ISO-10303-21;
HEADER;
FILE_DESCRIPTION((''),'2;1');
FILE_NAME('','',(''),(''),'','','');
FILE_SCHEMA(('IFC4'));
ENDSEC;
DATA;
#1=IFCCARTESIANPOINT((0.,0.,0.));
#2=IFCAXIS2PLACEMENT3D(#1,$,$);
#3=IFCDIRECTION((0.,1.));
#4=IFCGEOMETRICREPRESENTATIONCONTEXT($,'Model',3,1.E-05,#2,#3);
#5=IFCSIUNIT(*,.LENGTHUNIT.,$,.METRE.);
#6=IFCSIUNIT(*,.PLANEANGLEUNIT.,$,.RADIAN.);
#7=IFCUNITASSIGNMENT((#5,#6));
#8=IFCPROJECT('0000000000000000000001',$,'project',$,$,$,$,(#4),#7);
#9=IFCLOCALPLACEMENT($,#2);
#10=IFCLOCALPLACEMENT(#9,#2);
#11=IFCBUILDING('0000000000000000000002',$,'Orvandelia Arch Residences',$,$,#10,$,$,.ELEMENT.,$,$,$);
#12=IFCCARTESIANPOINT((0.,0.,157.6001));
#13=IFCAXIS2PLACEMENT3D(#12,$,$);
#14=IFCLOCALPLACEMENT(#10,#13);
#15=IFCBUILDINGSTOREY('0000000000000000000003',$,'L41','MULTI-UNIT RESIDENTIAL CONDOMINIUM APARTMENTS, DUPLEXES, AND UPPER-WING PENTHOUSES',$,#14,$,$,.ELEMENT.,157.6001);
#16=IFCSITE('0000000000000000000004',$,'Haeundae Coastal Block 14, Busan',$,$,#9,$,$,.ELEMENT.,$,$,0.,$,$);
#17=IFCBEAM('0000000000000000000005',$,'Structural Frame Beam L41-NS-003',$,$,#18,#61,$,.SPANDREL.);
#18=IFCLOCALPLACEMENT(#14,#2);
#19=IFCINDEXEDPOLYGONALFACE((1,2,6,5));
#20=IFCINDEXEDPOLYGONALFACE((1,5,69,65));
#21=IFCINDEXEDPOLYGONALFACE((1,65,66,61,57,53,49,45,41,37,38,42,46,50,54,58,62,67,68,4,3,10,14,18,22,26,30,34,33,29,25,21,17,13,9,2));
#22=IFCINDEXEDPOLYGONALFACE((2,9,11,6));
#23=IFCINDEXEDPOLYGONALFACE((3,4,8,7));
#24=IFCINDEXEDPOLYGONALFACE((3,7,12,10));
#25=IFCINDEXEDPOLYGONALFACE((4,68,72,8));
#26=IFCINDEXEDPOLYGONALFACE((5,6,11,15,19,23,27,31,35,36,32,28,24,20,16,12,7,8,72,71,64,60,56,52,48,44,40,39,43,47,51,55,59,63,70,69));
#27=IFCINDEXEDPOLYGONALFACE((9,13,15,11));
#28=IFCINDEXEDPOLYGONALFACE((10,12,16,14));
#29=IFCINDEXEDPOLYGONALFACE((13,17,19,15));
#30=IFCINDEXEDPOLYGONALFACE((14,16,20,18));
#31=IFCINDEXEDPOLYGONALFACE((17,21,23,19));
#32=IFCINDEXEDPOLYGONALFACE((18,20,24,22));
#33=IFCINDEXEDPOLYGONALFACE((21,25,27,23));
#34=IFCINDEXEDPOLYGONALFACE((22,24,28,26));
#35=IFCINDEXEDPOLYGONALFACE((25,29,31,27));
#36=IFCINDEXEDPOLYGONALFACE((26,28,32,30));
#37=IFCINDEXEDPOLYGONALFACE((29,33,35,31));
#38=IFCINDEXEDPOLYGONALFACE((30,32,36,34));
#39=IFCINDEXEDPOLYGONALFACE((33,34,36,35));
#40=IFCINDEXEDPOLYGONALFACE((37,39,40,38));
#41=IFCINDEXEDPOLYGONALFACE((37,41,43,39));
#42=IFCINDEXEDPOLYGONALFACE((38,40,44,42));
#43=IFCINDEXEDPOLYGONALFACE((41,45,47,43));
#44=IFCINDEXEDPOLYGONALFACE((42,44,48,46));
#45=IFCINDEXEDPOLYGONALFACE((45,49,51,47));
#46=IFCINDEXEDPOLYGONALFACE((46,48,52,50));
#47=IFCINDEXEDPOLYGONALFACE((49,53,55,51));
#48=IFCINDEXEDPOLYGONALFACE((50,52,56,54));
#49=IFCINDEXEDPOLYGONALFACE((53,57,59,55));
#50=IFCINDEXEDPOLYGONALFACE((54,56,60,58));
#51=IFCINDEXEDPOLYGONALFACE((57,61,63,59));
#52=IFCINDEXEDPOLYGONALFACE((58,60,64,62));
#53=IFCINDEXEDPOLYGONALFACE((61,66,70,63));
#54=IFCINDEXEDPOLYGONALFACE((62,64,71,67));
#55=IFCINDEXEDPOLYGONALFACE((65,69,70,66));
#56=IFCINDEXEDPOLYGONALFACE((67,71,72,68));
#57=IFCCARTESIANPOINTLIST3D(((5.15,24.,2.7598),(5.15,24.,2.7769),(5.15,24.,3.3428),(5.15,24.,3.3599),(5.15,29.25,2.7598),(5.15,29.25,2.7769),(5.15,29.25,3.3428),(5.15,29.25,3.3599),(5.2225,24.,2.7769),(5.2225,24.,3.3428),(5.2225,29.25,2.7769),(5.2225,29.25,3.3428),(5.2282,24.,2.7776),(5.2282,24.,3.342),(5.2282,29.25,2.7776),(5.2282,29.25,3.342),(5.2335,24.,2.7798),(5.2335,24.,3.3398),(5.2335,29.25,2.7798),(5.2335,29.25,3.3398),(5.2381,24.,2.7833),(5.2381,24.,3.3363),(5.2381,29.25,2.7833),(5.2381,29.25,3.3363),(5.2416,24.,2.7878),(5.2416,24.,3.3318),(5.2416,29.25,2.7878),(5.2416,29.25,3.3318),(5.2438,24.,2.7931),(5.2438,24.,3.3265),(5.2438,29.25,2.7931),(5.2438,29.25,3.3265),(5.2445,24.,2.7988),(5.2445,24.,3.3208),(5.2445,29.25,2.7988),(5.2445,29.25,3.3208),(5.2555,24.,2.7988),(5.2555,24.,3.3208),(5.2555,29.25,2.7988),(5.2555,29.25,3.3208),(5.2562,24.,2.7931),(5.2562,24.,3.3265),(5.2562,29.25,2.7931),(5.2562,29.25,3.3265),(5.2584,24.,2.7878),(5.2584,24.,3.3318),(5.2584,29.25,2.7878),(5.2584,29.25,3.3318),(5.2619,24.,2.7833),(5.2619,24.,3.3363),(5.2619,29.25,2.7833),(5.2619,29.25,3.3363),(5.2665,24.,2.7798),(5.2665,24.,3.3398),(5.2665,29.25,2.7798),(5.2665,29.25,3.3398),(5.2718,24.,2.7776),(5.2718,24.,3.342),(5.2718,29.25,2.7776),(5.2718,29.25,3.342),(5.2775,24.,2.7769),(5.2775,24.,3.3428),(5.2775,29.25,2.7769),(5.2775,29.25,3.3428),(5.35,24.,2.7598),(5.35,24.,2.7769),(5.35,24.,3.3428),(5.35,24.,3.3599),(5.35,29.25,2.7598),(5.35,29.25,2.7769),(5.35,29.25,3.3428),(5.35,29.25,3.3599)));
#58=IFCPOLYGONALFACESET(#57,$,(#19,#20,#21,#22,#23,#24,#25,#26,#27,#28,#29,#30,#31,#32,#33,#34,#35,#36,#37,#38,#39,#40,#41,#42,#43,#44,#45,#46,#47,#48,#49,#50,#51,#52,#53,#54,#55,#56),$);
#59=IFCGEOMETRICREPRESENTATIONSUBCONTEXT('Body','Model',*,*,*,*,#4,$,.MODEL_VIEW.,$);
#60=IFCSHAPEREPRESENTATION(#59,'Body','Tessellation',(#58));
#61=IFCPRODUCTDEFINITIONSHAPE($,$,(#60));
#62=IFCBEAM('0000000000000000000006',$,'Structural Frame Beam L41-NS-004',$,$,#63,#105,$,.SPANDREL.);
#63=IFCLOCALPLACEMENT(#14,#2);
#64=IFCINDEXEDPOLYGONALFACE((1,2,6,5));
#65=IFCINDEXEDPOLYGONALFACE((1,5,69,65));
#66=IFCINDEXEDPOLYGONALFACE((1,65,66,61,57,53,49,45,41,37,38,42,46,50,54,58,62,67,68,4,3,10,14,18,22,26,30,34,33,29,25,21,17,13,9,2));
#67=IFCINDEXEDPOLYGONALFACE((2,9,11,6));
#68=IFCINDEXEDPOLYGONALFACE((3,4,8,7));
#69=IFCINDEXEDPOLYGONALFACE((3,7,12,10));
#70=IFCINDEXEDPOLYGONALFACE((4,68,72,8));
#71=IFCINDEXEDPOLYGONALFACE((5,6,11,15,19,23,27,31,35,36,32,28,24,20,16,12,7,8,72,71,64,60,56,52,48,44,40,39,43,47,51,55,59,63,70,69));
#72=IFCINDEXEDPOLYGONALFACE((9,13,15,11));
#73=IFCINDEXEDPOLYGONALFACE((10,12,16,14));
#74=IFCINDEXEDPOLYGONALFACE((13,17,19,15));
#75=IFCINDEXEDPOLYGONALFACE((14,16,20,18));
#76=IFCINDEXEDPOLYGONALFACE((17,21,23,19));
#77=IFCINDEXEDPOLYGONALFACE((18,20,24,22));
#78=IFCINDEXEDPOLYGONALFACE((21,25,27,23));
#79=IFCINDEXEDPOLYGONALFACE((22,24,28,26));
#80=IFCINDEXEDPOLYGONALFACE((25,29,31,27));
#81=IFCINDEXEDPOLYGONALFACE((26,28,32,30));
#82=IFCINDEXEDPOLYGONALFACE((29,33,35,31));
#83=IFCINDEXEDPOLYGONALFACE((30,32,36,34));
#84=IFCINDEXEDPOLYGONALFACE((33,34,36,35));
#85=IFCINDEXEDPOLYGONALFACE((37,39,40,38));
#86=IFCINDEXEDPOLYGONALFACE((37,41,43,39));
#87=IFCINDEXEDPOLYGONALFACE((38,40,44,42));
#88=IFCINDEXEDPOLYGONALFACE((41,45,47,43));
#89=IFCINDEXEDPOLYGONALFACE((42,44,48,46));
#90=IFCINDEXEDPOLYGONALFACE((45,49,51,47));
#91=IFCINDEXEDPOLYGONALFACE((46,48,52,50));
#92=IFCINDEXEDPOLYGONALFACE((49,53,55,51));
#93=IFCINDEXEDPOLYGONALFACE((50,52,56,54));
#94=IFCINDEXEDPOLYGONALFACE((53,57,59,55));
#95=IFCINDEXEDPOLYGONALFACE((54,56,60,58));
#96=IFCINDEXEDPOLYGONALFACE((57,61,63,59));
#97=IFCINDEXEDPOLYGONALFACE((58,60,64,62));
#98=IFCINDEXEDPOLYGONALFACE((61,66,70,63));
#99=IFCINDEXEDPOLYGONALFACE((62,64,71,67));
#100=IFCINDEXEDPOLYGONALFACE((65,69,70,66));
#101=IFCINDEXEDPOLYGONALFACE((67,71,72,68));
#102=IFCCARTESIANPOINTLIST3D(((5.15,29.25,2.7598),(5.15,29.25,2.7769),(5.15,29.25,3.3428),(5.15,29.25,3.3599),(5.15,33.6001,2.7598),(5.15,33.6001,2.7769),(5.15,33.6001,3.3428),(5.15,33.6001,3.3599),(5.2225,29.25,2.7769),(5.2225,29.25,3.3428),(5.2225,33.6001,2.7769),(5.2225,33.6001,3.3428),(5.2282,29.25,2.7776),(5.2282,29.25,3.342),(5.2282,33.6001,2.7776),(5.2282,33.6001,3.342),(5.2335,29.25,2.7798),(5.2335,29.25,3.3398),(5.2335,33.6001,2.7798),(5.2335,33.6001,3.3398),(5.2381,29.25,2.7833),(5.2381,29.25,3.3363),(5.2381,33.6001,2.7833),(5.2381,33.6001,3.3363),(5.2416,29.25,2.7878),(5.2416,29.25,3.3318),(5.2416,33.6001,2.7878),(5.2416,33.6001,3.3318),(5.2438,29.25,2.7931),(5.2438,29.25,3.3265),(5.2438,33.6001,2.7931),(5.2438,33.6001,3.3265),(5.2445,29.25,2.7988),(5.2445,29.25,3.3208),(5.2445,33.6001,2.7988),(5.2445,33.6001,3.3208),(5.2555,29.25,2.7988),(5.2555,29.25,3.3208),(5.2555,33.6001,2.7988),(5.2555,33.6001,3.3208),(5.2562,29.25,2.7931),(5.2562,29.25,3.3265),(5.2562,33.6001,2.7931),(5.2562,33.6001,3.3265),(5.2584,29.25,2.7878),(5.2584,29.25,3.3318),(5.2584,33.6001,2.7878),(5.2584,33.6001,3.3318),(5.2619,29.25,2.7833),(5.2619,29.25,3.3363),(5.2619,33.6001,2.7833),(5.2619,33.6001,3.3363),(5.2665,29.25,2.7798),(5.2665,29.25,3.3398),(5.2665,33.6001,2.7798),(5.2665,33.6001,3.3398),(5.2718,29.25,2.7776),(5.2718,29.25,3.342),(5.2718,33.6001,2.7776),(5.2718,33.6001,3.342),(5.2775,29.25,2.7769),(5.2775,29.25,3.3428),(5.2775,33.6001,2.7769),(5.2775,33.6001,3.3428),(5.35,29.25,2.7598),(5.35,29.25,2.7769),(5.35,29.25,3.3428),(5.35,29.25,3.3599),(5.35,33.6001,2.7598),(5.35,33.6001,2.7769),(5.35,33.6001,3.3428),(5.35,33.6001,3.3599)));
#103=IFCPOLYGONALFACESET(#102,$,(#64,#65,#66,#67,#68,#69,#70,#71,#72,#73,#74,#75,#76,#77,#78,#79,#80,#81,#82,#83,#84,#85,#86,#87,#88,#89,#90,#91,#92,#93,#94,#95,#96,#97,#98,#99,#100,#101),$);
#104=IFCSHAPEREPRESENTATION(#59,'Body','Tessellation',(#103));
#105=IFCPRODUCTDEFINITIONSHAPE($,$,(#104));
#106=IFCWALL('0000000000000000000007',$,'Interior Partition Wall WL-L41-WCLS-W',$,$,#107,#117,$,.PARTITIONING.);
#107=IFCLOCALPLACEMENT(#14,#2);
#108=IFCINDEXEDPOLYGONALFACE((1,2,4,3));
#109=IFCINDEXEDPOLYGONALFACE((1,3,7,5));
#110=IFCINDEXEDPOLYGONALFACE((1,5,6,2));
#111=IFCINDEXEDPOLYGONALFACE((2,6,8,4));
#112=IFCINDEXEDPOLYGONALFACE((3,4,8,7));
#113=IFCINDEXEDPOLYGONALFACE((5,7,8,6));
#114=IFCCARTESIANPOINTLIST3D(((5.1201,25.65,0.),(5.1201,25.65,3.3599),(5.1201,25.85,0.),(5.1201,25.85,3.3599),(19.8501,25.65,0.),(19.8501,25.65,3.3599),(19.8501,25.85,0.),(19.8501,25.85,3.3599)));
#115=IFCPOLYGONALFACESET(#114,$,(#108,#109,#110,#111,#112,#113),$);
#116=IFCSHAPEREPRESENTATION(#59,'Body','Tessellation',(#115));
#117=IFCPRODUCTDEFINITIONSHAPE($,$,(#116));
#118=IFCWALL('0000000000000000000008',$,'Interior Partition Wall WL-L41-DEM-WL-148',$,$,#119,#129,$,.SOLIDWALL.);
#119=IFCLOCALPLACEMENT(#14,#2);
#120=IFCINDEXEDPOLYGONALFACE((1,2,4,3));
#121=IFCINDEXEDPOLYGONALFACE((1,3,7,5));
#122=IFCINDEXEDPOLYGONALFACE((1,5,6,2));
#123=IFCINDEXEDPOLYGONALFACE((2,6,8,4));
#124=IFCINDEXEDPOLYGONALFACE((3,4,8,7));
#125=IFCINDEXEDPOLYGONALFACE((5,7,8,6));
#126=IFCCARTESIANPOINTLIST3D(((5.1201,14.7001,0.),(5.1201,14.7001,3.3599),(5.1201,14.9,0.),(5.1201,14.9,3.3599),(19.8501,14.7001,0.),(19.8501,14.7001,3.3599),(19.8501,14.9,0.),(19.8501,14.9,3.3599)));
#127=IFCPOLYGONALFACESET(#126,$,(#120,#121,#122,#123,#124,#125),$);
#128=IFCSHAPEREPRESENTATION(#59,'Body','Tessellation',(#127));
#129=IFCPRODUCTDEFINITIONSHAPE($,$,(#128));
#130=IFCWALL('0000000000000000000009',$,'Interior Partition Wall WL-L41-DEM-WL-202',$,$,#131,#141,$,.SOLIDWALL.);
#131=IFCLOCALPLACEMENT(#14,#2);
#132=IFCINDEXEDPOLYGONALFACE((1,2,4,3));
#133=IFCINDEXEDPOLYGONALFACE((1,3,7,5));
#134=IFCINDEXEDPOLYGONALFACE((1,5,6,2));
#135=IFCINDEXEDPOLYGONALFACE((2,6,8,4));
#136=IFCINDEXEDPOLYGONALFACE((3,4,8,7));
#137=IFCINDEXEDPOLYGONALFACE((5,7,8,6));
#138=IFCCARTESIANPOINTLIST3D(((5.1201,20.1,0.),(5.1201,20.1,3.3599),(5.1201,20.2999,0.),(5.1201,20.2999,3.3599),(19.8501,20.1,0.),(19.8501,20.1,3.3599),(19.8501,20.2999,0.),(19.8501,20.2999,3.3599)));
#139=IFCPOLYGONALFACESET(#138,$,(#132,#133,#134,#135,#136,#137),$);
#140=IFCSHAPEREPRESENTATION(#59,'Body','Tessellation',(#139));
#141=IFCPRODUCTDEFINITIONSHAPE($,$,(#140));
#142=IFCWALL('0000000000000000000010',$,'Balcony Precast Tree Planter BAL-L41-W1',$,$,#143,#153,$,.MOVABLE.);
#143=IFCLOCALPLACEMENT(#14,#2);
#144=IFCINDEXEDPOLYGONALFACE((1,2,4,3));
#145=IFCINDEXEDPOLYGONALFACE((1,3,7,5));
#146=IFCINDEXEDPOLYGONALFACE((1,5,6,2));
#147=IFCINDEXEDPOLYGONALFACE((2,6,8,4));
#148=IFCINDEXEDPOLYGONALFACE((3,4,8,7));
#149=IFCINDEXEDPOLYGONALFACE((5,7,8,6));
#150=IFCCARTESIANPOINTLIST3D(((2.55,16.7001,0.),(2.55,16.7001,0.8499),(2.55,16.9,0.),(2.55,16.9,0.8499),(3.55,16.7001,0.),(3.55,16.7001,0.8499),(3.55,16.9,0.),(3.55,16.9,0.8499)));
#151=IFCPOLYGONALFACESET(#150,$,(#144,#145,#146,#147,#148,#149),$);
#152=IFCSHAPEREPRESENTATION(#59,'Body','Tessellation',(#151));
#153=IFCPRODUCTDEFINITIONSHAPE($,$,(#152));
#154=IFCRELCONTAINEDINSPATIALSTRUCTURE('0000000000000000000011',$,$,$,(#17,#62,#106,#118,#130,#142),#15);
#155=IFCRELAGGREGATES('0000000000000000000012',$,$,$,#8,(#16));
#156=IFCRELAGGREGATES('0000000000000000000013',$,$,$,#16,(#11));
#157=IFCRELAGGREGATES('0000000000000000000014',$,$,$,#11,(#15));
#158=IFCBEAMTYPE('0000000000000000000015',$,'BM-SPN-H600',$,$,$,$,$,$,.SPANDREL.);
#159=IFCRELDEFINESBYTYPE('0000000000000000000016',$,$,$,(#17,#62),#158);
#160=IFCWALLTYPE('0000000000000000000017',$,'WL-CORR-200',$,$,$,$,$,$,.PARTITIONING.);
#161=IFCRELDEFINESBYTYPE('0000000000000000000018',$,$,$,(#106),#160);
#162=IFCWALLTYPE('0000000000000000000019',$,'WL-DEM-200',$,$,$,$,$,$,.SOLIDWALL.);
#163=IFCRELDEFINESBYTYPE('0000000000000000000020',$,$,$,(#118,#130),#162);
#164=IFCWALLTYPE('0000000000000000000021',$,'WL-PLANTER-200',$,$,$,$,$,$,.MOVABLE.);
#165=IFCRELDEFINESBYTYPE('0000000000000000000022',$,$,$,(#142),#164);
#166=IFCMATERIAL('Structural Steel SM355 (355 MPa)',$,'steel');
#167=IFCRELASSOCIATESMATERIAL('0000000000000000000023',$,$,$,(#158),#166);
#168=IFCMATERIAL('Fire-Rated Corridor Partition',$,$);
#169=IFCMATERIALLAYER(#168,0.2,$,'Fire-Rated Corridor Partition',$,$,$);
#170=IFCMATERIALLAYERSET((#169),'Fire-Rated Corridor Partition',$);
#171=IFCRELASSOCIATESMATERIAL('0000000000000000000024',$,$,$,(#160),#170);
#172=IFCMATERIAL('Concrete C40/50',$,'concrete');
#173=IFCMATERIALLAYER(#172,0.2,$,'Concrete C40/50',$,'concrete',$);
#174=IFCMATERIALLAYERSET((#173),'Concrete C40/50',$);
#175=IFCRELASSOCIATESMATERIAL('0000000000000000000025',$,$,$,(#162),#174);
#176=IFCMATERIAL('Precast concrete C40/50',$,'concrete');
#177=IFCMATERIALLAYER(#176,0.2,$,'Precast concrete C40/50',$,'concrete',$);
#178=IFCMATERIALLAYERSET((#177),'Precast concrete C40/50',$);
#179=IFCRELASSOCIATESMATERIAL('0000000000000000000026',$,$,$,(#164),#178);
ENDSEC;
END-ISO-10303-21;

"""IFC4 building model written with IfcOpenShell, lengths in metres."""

from ifc_helpers import new_model, si_unit, direction, frame, frame_2d, origin, origin_2d, place, context, subcontext, project, spatial, rectangle, i_section, extrude, material, layer, layer_set, material_profile, profile_set, type_object, element, save


model = new_model("IFC4")

# Units and contexts
model_context = context("Model", 3, precision=1e-05, world=origin(), true_north=direction((0.0, 1.0)))
body_context = subcontext(model_context, "Body", "Model", "MODEL_VIEW")
ifc_project = project(units=[si_unit("LENGTHUNIT", "METRE"), si_unit("PLANEANGLEUNIT", "RADIAN")], contexts=[model_context])

# Site, building, storey
site_placement = place(None, origin())
site = spatial("IfcSite", under=ifc_project, at=site_placement, Name="Haeundae Coastal Block 14, Busan", CompositionType="ELEMENT", RefElevation=0.0)
building_placement = place(site_placement, origin())
building = spatial("IfcBuilding", under=site, at=building_placement, Name="Orvandelia Arch Residences", CompositionType="ELEMENT")
storey_placement = place(building_placement, frame((0.0, 0.0, 157.6001)))
storey = spatial("IfcBuildingStorey", under=building, at=storey_placement, Name="L41", Description="MULTI-UNIT RESIDENTIAL CONDOMINIUM APARTMENTS, DUPLEXES, AND UPPER-WING PENTHOUSES", CompositionType="ELEMENT", Elevation=157.6001)

# Beams
ifc_material_1 = material(Name="Structural Steel SM355 (355 MPa)", Category="steel")
ifc_material_profile_1 = material_profile(ifc_material_1, i_section(OverallWidth=0.2, OverallDepth=0.6001, WebThickness=0.011, FlangeThickness=0.0171, FilletRadius=0.022, at=origin_2d()), Name="Structural Steel SM355 (355 MPa)", Category="steel")
ifc_profile_set_1 = profile_set([ifc_material_profile_1], Name="Structural Steel SM355 (355 MPa)")
beam_type_1 = type_object("IfcBeamType", Name="BM-SPN-H600", PredefinedType="SPANDREL", material=ifc_profile_set_1)
beam_1_placement = place(storey_placement, frame((5.25, 24.0, 3.0598), z_axis=(0.0, 1.0, 0.0), x_axis=(-1.0, 0.0, 0.0)))
element("IfcBeam", 1, at=beam_1_placement, inside=storey, type_object=beam_type_1, Name="Structural Frame Beam L41-NS-003", PredefinedType="SPANDREL", context=body_context, shape_type="SweptSolid", body=[
    extrude(i_section(OverallWidth=0.2, OverallDepth=0.6001, WebThickness=0.011, FlangeThickness=0.0171, FilletRadius=0.022, at=origin_2d()), origin(), (0.0, 0.0, 1.0), 5.25),
])
beam_2_placement = place(storey_placement, frame((5.25, 29.25, 3.0598), z_axis=(0.0, 1.0, 0.0), x_axis=(-1.0, 0.0, 0.0)))
element("IfcBeam", 2, at=beam_2_placement, inside=storey, type_object=beam_type_1, Name="Structural Frame Beam L41-NS-004", PredefinedType="SPANDREL", context=body_context, shape_type="SweptSolid", body=[
    extrude(i_section(OverallWidth=0.2, OverallDepth=0.6001, WebThickness=0.011, FlangeThickness=0.0171, FilletRadius=0.022, at=origin_2d()), origin(), (0.0, 0.0, 1.0), 4.3501),
])

# Walls
ifc_material_2 = material(Name="Fire-Rated Corridor Partition")
ifc_layer_1 = layer(ifc_material_2, 0.2, Name="Fire-Rated Corridor Partition")
ifc_layer_set_1 = layer_set([ifc_layer_1], Name="Fire-Rated Corridor Partition")
wall_type_1 = type_object("IfcWallType", Name="WL-CORR-200", PredefinedType="PARTITIONING", material=ifc_layer_set_1)
wall_1_placement = place(storey_placement, frame((5.1201, 25.75, 0.0), z_axis=(0.0, 0.0, 1.0), x_axis=(1.0, 0.0, 0.0)))
element("IfcWall", 3, at=wall_1_placement, inside=storey, type_object=wall_type_1, Name="Interior Partition Wall WL-L41-WCLS-W", PredefinedType="PARTITIONING", context=body_context, shape_type="SweptSolid", body=[
    extrude(rectangle(XDim=14.73, YDim=0.2, at=frame_2d((7.365, 0.0))), origin(), (0.0, 0.0, 1.0), 3.3599),
])
ifc_material_3 = material(Name="Concrete C40/50", Category="concrete")
ifc_layer_2 = layer(ifc_material_3, 0.2, Name="Concrete C40/50", Category="concrete")
ifc_layer_set_2 = layer_set([ifc_layer_2], Name="Concrete C40/50")
wall_type_2 = type_object("IfcWallType", Name="WL-DEM-200", PredefinedType="SOLIDWALL", material=ifc_layer_set_2)
for number, where, z_axis, x_axis, name in (
    (4, (5.1201, 14.8, 0.0), (0.0, 0.0, 1.0), (1.0, 0.0, 0.0), "Interior Partition Wall WL-L41-DEM-WL-148"),
    (5, (5.1201, 20.2, 0.0), (0.0, 0.0, 1.0), (1.0, 0.0, 0.0), "Interior Partition Wall WL-L41-DEM-WL-202"),
):
    element("IfcWall", number, at=place(storey_placement, frame(where, z_axis=z_axis, x_axis=x_axis)), inside=storey, type_object=wall_type_2, Name=name, PredefinedType="SOLIDWALL", context=body_context, shape_type="SweptSolid", body=[
        extrude(rectangle(XDim=14.73, YDim=0.2, at=frame_2d((7.365, 0.0))), origin(), (0.0, 0.0, 1.0), 3.3599),
    ])
ifc_material_4 = material(Name="Precast concrete C40/50", Category="concrete")
ifc_layer_3 = layer(ifc_material_4, 0.2, Name="Precast concrete C40/50", Category="concrete")
ifc_layer_set_3 = layer_set([ifc_layer_3], Name="Precast concrete C40/50")
wall_type_3 = type_object("IfcWallType", Name="WL-PLANTER-200", PredefinedType="MOVABLE", material=ifc_layer_set_3)
wall_2_placement = place(storey_placement, frame((2.55, 16.8, 0.0), z_axis=(0.0, 0.0, 1.0), x_axis=(1.0, 0.0, 0.0)))
element("IfcWall", 6, at=wall_2_placement, inside=storey, type_object=wall_type_3, Name="Balcony Precast Tree Planter BAL-L41-W1", PredefinedType="MOVABLE", context=body_context, shape_type="SweptSolid", body=[
    extrude(rectangle(XDim=1.0, YDim=0.2, at=frame_2d((0.5, 0.0))), origin(), (0.0, 0.0, 1.0), 0.8499),
])

save(model, "model.ifc")
